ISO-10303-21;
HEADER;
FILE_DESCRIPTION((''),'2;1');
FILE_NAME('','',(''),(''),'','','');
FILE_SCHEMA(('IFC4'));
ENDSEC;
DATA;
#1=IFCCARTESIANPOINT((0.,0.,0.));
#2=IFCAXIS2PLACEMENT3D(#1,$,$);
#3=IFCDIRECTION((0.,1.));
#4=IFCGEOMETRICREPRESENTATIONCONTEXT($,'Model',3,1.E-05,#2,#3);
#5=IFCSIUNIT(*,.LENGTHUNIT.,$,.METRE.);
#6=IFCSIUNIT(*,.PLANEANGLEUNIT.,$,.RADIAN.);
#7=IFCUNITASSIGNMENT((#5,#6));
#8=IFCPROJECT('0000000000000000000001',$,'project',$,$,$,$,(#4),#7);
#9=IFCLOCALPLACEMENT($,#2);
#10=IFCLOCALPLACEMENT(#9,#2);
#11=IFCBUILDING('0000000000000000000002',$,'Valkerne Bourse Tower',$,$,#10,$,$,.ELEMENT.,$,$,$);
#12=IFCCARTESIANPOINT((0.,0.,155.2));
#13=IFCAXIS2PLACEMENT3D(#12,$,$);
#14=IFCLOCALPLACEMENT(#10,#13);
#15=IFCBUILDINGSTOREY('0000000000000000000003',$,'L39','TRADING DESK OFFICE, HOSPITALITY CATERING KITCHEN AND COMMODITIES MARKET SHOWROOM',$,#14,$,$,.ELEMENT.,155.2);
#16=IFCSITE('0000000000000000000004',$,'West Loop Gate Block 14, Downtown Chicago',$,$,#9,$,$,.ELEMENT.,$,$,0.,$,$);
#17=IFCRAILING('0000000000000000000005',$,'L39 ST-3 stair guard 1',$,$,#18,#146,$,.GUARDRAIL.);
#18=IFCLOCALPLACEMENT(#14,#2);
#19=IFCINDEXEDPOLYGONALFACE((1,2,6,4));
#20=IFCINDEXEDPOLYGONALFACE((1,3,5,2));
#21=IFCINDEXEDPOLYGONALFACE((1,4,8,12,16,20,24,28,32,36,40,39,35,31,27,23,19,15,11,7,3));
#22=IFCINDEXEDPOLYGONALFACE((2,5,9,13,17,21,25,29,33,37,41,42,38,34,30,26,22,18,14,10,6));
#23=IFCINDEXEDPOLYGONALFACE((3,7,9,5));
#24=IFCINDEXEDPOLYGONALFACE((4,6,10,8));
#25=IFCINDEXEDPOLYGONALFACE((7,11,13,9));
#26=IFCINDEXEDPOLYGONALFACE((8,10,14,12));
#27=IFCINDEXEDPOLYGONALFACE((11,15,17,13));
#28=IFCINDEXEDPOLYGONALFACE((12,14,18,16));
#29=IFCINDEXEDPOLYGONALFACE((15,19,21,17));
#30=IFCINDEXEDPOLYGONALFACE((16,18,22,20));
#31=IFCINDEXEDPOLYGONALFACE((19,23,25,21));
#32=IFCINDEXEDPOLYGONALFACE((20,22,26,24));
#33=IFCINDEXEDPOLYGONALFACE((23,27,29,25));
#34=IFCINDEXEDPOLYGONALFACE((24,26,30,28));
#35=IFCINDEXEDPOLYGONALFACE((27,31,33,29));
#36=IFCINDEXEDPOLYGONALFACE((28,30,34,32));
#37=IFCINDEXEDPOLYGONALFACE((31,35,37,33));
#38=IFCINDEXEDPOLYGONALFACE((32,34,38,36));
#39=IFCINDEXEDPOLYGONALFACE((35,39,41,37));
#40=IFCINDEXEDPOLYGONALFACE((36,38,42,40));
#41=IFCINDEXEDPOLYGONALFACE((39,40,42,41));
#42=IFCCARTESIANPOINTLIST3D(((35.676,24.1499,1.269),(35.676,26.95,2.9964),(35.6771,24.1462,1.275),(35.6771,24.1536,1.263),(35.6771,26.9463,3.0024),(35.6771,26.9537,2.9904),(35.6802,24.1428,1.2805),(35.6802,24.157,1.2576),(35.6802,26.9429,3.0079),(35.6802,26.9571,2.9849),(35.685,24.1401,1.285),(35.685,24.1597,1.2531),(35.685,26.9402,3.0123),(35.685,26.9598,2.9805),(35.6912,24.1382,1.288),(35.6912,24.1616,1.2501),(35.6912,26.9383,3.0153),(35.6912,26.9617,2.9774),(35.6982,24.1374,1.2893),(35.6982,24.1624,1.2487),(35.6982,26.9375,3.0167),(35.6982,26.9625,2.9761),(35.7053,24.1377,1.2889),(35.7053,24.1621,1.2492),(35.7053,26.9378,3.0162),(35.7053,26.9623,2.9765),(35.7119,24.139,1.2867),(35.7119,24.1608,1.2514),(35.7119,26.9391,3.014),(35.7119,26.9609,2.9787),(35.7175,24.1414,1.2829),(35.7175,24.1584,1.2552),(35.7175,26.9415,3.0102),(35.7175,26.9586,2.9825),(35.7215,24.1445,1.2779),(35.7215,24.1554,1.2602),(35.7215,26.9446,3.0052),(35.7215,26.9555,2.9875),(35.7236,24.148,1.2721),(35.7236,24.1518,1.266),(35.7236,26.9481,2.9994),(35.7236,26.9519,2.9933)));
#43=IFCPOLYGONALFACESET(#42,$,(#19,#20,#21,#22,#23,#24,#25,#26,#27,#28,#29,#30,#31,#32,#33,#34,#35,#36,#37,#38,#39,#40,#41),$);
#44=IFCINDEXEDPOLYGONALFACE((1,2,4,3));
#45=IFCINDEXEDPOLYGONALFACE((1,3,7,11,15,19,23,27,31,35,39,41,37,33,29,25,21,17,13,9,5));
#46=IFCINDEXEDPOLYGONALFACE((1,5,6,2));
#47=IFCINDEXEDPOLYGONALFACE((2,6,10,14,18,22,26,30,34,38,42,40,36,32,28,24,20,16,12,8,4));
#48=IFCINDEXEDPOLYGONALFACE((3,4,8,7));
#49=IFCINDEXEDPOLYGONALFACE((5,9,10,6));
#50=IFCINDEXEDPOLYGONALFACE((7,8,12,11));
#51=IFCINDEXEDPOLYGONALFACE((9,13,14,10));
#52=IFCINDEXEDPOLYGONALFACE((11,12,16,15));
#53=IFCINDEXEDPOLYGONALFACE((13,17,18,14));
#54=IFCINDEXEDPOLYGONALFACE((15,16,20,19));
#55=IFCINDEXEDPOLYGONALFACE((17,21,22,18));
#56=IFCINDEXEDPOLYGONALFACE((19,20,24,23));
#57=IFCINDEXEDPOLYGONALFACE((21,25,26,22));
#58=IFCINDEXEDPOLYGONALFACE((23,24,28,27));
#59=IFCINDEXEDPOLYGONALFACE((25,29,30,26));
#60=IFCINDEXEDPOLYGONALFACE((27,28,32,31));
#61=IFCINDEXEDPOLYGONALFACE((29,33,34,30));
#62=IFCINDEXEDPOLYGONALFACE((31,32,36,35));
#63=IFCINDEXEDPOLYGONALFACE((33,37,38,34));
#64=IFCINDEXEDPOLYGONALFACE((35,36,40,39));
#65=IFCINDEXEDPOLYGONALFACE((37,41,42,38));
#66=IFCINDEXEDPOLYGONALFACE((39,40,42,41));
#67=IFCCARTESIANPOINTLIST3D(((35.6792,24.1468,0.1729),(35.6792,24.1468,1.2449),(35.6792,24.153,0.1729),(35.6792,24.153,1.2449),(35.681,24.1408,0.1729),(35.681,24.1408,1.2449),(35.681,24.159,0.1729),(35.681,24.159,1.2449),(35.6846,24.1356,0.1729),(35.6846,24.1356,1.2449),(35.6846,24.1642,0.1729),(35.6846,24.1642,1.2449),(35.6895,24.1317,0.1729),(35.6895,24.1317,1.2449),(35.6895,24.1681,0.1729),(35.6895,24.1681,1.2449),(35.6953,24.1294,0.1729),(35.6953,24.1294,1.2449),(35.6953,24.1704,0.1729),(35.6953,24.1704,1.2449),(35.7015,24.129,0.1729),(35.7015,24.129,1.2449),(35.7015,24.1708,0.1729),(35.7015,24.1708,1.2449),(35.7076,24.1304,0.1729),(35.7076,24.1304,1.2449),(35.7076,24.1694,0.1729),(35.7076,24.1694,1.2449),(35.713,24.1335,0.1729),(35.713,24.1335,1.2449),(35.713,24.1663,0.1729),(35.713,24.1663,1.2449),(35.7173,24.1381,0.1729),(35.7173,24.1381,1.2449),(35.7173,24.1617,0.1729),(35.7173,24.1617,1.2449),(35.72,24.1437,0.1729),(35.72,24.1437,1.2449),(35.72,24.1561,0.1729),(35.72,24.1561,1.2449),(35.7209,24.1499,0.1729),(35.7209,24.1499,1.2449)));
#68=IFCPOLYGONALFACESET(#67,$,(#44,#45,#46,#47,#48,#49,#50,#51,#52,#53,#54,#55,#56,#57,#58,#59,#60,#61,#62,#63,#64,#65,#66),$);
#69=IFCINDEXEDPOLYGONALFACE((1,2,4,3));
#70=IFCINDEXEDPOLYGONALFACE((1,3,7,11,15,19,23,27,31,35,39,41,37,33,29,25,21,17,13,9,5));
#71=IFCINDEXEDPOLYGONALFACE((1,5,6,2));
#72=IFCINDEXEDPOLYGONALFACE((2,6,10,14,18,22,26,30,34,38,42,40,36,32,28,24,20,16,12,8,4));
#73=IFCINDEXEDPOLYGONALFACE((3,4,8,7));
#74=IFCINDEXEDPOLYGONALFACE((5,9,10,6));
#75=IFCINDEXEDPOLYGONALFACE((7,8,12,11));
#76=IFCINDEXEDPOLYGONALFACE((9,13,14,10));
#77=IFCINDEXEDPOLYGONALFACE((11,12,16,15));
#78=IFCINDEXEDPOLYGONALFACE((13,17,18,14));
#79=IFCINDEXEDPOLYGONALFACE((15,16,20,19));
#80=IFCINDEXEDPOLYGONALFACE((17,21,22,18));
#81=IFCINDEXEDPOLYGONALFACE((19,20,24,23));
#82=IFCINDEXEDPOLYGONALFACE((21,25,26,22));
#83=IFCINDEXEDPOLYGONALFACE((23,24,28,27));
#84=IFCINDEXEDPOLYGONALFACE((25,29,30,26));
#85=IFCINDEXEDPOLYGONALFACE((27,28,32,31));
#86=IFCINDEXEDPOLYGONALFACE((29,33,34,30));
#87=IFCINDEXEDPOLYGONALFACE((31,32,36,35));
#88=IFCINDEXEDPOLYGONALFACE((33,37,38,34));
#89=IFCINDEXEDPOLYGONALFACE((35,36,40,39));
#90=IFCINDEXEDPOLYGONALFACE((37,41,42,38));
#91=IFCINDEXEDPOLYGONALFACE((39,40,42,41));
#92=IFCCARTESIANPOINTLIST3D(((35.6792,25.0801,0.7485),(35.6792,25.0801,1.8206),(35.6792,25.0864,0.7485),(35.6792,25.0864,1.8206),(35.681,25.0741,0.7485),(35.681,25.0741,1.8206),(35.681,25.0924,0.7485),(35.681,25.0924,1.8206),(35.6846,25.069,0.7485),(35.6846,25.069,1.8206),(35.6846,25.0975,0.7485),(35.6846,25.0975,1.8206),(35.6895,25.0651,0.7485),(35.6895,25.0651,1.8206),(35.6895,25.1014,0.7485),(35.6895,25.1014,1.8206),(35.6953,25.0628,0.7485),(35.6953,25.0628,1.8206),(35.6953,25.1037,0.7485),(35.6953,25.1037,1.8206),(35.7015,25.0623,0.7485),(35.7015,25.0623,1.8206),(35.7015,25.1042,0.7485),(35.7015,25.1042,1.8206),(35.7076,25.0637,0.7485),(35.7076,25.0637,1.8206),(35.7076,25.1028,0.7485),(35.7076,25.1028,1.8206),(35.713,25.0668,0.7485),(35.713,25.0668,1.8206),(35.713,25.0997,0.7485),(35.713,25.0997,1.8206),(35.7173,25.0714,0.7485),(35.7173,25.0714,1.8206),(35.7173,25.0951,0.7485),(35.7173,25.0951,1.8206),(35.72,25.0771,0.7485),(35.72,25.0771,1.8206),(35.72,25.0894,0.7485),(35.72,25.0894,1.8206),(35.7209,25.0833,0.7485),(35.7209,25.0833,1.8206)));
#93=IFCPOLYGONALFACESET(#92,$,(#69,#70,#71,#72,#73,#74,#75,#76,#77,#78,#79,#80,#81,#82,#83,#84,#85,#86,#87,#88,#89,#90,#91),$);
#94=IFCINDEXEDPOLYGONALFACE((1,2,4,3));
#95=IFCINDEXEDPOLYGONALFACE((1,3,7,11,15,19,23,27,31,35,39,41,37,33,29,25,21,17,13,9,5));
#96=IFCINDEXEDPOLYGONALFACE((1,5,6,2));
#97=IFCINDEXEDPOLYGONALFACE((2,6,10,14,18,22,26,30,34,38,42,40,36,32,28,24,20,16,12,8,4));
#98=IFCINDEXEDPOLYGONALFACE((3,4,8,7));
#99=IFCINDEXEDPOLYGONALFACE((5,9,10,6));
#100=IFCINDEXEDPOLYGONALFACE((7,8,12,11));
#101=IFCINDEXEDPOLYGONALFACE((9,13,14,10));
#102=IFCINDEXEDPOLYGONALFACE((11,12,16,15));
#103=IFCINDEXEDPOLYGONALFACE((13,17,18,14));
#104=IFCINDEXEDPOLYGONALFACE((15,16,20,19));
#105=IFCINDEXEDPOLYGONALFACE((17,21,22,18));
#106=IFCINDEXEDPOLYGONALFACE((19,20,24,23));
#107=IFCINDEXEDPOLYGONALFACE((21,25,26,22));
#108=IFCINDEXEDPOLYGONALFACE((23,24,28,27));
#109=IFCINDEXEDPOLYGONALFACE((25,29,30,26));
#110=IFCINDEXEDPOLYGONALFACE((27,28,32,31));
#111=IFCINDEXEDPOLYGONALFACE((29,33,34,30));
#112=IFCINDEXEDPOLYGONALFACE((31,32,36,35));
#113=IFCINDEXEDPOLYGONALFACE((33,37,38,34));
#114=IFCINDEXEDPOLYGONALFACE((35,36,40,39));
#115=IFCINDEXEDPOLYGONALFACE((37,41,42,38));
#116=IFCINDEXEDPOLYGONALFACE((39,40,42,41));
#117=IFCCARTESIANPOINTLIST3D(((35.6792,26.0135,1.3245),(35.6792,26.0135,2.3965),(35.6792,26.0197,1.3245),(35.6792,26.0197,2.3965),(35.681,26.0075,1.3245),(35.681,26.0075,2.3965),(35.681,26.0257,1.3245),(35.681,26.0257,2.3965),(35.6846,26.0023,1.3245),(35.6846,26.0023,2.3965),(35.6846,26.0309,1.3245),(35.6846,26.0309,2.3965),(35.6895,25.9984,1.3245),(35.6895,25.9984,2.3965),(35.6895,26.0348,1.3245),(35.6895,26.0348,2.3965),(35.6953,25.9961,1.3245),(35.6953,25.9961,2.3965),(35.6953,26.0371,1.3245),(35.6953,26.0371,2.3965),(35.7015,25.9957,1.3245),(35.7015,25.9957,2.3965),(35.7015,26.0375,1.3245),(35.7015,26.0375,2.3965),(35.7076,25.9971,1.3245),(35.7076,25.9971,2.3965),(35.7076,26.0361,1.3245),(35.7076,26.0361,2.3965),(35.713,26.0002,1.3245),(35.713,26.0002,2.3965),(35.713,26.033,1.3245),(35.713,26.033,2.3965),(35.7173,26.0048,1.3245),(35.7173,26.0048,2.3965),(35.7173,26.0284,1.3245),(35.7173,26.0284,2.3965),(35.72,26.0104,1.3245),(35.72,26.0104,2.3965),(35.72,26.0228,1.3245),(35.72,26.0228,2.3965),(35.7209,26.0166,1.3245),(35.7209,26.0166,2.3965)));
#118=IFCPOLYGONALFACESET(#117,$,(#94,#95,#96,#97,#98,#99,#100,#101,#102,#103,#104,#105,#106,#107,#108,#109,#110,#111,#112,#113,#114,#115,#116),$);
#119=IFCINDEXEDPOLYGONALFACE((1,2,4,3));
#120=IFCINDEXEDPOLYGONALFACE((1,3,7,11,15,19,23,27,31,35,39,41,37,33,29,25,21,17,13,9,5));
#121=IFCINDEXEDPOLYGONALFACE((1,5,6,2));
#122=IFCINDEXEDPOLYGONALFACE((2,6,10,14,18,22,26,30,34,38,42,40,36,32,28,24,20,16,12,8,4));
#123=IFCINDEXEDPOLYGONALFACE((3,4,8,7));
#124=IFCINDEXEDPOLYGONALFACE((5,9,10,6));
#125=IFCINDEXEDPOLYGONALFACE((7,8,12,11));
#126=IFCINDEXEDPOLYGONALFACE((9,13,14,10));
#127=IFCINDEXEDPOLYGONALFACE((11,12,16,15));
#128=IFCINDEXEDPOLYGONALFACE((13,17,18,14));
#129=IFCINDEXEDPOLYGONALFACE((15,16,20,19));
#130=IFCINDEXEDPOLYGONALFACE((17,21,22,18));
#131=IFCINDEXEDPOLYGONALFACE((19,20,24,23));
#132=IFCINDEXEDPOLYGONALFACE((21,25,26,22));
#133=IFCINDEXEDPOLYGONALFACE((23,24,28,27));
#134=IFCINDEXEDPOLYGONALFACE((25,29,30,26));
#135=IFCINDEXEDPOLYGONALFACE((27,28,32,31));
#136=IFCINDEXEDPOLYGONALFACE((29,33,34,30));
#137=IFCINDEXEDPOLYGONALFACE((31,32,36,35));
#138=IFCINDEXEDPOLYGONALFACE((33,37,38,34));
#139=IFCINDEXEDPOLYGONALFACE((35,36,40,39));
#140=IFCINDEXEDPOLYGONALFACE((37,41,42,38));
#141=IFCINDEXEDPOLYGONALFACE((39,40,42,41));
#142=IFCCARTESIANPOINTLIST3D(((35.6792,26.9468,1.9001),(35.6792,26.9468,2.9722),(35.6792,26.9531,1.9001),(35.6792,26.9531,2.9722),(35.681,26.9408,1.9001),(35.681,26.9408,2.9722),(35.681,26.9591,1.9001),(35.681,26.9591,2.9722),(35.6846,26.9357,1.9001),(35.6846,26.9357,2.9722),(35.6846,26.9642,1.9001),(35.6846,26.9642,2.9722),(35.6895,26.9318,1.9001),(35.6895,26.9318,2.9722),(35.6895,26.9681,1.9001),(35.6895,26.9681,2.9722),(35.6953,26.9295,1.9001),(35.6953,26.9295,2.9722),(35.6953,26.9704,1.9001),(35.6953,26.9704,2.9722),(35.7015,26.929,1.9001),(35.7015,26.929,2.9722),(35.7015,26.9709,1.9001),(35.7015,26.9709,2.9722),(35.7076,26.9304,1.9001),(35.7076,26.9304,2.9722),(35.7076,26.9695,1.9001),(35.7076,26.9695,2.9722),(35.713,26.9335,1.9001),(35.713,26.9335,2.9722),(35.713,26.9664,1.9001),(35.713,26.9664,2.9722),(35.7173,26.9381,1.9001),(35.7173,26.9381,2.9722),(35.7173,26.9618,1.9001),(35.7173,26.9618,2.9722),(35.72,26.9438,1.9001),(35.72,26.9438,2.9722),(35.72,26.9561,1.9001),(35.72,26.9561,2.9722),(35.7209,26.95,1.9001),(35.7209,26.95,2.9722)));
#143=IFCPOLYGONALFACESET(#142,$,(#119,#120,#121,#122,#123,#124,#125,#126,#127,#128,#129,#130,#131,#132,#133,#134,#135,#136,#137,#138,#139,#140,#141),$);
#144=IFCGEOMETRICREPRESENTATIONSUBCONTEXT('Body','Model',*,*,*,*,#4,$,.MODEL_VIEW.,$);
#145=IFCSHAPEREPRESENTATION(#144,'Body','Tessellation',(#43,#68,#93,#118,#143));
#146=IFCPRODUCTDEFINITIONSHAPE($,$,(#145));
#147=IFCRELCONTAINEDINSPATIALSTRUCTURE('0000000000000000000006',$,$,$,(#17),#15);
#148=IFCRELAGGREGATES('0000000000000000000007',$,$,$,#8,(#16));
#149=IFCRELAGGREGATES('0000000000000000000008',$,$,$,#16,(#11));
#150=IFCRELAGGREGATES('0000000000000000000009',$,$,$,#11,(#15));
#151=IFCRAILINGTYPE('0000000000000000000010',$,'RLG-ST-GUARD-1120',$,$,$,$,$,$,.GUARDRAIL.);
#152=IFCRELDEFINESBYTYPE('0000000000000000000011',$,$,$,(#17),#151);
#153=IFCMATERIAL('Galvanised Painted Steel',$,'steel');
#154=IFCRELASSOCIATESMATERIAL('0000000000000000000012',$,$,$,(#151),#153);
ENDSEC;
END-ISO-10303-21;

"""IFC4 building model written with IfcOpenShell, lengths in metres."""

from ifc_helpers import new_model, si_unit, direction, frame, origin, origin_2d, place, context, subcontext, project, spatial, circle, extrude, material, type_object, element, save


model = new_model("IFC4")

# Units and contexts
model_context = context("Model", 3, precision=1e-05, world=origin(), true_north=direction((0.0, 1.0)))
body_context = subcontext(model_context, "Body", "Model", "MODEL_VIEW")
ifc_project = project(units=[si_unit("LENGTHUNIT", "METRE"), si_unit("PLANEANGLEUNIT", "RADIAN")], contexts=[model_context])

# Site, building, storey
site_placement = place(None, origin())
site = spatial("IfcSite", under=ifc_project, at=site_placement, Name="West Loop Gate Block 14, Downtown Chicago", CompositionType="ELEMENT", RefElevation=0.0)
building_placement = place(site_placement, origin())
building = spatial("IfcBuilding", under=site, at=building_placement, Name="Valkerne Bourse Tower", CompositionType="ELEMENT")
storey_placement = place(building_placement, frame((0.0, 0.0, 155.2)))
storey = spatial("IfcBuildingStorey", under=building, at=storey_placement, Name="L39", Description="TRADING DESK OFFICE, HOSPITALITY CATERING KITCHEN AND COMMODITIES MARKET SHOWROOM", CompositionType="ELEMENT", Elevation=155.2)

# Railing
ifc_material_1 = material(Name="Galvanised Painted Steel", Category="steel")
railing_type_1 = type_object("IfcRailingType", Name="RLG-ST-GUARD-1120", PredefinedType="GUARDRAIL", material=ifc_material_1)
railing_1_placement = place(storey_placement, frame((35.7, 24.1499, 0.1729)))
element("IfcRailing", 1, at=railing_1_placement, inside=storey, type_object=railing_type_1, Name="L39 ST-3 stair guard 1", PredefinedType="GUARDRAIL", context=body_context, shape_type="SweptSolid", body=[
    extrude(circle(Radius=0.0239, at=origin_2d()), frame((0.0, 0.0, 1.0962), z_axis=(0.0, 0.85109, 0.52502), x_axis=(-1.0, 0.0, 0.0)), (0.0, 0.0, 1.0), 3.29),
    extrude(circle(Radius=0.021, at=origin_2d()), origin(), (0.0, 0.0, 1.0), 1.072),
    extrude(circle(Radius=0.021, at=origin_2d()), frame((0.0, 0.9333, 0.5757)), (0.0, 0.0, 1.0), 1.072),
    extrude(circle(Radius=0.021, at=origin_2d()), frame((0.0, 1.8667, 1.1516)), (0.0, 0.0, 1.0), 1.072),
    extrude(circle(Radius=0.021, at=origin_2d()), frame((0.0, 2.8, 1.7273)), (0.0, 0.0, 1.0), 1.072),
])

save(model, "model.ifc")
